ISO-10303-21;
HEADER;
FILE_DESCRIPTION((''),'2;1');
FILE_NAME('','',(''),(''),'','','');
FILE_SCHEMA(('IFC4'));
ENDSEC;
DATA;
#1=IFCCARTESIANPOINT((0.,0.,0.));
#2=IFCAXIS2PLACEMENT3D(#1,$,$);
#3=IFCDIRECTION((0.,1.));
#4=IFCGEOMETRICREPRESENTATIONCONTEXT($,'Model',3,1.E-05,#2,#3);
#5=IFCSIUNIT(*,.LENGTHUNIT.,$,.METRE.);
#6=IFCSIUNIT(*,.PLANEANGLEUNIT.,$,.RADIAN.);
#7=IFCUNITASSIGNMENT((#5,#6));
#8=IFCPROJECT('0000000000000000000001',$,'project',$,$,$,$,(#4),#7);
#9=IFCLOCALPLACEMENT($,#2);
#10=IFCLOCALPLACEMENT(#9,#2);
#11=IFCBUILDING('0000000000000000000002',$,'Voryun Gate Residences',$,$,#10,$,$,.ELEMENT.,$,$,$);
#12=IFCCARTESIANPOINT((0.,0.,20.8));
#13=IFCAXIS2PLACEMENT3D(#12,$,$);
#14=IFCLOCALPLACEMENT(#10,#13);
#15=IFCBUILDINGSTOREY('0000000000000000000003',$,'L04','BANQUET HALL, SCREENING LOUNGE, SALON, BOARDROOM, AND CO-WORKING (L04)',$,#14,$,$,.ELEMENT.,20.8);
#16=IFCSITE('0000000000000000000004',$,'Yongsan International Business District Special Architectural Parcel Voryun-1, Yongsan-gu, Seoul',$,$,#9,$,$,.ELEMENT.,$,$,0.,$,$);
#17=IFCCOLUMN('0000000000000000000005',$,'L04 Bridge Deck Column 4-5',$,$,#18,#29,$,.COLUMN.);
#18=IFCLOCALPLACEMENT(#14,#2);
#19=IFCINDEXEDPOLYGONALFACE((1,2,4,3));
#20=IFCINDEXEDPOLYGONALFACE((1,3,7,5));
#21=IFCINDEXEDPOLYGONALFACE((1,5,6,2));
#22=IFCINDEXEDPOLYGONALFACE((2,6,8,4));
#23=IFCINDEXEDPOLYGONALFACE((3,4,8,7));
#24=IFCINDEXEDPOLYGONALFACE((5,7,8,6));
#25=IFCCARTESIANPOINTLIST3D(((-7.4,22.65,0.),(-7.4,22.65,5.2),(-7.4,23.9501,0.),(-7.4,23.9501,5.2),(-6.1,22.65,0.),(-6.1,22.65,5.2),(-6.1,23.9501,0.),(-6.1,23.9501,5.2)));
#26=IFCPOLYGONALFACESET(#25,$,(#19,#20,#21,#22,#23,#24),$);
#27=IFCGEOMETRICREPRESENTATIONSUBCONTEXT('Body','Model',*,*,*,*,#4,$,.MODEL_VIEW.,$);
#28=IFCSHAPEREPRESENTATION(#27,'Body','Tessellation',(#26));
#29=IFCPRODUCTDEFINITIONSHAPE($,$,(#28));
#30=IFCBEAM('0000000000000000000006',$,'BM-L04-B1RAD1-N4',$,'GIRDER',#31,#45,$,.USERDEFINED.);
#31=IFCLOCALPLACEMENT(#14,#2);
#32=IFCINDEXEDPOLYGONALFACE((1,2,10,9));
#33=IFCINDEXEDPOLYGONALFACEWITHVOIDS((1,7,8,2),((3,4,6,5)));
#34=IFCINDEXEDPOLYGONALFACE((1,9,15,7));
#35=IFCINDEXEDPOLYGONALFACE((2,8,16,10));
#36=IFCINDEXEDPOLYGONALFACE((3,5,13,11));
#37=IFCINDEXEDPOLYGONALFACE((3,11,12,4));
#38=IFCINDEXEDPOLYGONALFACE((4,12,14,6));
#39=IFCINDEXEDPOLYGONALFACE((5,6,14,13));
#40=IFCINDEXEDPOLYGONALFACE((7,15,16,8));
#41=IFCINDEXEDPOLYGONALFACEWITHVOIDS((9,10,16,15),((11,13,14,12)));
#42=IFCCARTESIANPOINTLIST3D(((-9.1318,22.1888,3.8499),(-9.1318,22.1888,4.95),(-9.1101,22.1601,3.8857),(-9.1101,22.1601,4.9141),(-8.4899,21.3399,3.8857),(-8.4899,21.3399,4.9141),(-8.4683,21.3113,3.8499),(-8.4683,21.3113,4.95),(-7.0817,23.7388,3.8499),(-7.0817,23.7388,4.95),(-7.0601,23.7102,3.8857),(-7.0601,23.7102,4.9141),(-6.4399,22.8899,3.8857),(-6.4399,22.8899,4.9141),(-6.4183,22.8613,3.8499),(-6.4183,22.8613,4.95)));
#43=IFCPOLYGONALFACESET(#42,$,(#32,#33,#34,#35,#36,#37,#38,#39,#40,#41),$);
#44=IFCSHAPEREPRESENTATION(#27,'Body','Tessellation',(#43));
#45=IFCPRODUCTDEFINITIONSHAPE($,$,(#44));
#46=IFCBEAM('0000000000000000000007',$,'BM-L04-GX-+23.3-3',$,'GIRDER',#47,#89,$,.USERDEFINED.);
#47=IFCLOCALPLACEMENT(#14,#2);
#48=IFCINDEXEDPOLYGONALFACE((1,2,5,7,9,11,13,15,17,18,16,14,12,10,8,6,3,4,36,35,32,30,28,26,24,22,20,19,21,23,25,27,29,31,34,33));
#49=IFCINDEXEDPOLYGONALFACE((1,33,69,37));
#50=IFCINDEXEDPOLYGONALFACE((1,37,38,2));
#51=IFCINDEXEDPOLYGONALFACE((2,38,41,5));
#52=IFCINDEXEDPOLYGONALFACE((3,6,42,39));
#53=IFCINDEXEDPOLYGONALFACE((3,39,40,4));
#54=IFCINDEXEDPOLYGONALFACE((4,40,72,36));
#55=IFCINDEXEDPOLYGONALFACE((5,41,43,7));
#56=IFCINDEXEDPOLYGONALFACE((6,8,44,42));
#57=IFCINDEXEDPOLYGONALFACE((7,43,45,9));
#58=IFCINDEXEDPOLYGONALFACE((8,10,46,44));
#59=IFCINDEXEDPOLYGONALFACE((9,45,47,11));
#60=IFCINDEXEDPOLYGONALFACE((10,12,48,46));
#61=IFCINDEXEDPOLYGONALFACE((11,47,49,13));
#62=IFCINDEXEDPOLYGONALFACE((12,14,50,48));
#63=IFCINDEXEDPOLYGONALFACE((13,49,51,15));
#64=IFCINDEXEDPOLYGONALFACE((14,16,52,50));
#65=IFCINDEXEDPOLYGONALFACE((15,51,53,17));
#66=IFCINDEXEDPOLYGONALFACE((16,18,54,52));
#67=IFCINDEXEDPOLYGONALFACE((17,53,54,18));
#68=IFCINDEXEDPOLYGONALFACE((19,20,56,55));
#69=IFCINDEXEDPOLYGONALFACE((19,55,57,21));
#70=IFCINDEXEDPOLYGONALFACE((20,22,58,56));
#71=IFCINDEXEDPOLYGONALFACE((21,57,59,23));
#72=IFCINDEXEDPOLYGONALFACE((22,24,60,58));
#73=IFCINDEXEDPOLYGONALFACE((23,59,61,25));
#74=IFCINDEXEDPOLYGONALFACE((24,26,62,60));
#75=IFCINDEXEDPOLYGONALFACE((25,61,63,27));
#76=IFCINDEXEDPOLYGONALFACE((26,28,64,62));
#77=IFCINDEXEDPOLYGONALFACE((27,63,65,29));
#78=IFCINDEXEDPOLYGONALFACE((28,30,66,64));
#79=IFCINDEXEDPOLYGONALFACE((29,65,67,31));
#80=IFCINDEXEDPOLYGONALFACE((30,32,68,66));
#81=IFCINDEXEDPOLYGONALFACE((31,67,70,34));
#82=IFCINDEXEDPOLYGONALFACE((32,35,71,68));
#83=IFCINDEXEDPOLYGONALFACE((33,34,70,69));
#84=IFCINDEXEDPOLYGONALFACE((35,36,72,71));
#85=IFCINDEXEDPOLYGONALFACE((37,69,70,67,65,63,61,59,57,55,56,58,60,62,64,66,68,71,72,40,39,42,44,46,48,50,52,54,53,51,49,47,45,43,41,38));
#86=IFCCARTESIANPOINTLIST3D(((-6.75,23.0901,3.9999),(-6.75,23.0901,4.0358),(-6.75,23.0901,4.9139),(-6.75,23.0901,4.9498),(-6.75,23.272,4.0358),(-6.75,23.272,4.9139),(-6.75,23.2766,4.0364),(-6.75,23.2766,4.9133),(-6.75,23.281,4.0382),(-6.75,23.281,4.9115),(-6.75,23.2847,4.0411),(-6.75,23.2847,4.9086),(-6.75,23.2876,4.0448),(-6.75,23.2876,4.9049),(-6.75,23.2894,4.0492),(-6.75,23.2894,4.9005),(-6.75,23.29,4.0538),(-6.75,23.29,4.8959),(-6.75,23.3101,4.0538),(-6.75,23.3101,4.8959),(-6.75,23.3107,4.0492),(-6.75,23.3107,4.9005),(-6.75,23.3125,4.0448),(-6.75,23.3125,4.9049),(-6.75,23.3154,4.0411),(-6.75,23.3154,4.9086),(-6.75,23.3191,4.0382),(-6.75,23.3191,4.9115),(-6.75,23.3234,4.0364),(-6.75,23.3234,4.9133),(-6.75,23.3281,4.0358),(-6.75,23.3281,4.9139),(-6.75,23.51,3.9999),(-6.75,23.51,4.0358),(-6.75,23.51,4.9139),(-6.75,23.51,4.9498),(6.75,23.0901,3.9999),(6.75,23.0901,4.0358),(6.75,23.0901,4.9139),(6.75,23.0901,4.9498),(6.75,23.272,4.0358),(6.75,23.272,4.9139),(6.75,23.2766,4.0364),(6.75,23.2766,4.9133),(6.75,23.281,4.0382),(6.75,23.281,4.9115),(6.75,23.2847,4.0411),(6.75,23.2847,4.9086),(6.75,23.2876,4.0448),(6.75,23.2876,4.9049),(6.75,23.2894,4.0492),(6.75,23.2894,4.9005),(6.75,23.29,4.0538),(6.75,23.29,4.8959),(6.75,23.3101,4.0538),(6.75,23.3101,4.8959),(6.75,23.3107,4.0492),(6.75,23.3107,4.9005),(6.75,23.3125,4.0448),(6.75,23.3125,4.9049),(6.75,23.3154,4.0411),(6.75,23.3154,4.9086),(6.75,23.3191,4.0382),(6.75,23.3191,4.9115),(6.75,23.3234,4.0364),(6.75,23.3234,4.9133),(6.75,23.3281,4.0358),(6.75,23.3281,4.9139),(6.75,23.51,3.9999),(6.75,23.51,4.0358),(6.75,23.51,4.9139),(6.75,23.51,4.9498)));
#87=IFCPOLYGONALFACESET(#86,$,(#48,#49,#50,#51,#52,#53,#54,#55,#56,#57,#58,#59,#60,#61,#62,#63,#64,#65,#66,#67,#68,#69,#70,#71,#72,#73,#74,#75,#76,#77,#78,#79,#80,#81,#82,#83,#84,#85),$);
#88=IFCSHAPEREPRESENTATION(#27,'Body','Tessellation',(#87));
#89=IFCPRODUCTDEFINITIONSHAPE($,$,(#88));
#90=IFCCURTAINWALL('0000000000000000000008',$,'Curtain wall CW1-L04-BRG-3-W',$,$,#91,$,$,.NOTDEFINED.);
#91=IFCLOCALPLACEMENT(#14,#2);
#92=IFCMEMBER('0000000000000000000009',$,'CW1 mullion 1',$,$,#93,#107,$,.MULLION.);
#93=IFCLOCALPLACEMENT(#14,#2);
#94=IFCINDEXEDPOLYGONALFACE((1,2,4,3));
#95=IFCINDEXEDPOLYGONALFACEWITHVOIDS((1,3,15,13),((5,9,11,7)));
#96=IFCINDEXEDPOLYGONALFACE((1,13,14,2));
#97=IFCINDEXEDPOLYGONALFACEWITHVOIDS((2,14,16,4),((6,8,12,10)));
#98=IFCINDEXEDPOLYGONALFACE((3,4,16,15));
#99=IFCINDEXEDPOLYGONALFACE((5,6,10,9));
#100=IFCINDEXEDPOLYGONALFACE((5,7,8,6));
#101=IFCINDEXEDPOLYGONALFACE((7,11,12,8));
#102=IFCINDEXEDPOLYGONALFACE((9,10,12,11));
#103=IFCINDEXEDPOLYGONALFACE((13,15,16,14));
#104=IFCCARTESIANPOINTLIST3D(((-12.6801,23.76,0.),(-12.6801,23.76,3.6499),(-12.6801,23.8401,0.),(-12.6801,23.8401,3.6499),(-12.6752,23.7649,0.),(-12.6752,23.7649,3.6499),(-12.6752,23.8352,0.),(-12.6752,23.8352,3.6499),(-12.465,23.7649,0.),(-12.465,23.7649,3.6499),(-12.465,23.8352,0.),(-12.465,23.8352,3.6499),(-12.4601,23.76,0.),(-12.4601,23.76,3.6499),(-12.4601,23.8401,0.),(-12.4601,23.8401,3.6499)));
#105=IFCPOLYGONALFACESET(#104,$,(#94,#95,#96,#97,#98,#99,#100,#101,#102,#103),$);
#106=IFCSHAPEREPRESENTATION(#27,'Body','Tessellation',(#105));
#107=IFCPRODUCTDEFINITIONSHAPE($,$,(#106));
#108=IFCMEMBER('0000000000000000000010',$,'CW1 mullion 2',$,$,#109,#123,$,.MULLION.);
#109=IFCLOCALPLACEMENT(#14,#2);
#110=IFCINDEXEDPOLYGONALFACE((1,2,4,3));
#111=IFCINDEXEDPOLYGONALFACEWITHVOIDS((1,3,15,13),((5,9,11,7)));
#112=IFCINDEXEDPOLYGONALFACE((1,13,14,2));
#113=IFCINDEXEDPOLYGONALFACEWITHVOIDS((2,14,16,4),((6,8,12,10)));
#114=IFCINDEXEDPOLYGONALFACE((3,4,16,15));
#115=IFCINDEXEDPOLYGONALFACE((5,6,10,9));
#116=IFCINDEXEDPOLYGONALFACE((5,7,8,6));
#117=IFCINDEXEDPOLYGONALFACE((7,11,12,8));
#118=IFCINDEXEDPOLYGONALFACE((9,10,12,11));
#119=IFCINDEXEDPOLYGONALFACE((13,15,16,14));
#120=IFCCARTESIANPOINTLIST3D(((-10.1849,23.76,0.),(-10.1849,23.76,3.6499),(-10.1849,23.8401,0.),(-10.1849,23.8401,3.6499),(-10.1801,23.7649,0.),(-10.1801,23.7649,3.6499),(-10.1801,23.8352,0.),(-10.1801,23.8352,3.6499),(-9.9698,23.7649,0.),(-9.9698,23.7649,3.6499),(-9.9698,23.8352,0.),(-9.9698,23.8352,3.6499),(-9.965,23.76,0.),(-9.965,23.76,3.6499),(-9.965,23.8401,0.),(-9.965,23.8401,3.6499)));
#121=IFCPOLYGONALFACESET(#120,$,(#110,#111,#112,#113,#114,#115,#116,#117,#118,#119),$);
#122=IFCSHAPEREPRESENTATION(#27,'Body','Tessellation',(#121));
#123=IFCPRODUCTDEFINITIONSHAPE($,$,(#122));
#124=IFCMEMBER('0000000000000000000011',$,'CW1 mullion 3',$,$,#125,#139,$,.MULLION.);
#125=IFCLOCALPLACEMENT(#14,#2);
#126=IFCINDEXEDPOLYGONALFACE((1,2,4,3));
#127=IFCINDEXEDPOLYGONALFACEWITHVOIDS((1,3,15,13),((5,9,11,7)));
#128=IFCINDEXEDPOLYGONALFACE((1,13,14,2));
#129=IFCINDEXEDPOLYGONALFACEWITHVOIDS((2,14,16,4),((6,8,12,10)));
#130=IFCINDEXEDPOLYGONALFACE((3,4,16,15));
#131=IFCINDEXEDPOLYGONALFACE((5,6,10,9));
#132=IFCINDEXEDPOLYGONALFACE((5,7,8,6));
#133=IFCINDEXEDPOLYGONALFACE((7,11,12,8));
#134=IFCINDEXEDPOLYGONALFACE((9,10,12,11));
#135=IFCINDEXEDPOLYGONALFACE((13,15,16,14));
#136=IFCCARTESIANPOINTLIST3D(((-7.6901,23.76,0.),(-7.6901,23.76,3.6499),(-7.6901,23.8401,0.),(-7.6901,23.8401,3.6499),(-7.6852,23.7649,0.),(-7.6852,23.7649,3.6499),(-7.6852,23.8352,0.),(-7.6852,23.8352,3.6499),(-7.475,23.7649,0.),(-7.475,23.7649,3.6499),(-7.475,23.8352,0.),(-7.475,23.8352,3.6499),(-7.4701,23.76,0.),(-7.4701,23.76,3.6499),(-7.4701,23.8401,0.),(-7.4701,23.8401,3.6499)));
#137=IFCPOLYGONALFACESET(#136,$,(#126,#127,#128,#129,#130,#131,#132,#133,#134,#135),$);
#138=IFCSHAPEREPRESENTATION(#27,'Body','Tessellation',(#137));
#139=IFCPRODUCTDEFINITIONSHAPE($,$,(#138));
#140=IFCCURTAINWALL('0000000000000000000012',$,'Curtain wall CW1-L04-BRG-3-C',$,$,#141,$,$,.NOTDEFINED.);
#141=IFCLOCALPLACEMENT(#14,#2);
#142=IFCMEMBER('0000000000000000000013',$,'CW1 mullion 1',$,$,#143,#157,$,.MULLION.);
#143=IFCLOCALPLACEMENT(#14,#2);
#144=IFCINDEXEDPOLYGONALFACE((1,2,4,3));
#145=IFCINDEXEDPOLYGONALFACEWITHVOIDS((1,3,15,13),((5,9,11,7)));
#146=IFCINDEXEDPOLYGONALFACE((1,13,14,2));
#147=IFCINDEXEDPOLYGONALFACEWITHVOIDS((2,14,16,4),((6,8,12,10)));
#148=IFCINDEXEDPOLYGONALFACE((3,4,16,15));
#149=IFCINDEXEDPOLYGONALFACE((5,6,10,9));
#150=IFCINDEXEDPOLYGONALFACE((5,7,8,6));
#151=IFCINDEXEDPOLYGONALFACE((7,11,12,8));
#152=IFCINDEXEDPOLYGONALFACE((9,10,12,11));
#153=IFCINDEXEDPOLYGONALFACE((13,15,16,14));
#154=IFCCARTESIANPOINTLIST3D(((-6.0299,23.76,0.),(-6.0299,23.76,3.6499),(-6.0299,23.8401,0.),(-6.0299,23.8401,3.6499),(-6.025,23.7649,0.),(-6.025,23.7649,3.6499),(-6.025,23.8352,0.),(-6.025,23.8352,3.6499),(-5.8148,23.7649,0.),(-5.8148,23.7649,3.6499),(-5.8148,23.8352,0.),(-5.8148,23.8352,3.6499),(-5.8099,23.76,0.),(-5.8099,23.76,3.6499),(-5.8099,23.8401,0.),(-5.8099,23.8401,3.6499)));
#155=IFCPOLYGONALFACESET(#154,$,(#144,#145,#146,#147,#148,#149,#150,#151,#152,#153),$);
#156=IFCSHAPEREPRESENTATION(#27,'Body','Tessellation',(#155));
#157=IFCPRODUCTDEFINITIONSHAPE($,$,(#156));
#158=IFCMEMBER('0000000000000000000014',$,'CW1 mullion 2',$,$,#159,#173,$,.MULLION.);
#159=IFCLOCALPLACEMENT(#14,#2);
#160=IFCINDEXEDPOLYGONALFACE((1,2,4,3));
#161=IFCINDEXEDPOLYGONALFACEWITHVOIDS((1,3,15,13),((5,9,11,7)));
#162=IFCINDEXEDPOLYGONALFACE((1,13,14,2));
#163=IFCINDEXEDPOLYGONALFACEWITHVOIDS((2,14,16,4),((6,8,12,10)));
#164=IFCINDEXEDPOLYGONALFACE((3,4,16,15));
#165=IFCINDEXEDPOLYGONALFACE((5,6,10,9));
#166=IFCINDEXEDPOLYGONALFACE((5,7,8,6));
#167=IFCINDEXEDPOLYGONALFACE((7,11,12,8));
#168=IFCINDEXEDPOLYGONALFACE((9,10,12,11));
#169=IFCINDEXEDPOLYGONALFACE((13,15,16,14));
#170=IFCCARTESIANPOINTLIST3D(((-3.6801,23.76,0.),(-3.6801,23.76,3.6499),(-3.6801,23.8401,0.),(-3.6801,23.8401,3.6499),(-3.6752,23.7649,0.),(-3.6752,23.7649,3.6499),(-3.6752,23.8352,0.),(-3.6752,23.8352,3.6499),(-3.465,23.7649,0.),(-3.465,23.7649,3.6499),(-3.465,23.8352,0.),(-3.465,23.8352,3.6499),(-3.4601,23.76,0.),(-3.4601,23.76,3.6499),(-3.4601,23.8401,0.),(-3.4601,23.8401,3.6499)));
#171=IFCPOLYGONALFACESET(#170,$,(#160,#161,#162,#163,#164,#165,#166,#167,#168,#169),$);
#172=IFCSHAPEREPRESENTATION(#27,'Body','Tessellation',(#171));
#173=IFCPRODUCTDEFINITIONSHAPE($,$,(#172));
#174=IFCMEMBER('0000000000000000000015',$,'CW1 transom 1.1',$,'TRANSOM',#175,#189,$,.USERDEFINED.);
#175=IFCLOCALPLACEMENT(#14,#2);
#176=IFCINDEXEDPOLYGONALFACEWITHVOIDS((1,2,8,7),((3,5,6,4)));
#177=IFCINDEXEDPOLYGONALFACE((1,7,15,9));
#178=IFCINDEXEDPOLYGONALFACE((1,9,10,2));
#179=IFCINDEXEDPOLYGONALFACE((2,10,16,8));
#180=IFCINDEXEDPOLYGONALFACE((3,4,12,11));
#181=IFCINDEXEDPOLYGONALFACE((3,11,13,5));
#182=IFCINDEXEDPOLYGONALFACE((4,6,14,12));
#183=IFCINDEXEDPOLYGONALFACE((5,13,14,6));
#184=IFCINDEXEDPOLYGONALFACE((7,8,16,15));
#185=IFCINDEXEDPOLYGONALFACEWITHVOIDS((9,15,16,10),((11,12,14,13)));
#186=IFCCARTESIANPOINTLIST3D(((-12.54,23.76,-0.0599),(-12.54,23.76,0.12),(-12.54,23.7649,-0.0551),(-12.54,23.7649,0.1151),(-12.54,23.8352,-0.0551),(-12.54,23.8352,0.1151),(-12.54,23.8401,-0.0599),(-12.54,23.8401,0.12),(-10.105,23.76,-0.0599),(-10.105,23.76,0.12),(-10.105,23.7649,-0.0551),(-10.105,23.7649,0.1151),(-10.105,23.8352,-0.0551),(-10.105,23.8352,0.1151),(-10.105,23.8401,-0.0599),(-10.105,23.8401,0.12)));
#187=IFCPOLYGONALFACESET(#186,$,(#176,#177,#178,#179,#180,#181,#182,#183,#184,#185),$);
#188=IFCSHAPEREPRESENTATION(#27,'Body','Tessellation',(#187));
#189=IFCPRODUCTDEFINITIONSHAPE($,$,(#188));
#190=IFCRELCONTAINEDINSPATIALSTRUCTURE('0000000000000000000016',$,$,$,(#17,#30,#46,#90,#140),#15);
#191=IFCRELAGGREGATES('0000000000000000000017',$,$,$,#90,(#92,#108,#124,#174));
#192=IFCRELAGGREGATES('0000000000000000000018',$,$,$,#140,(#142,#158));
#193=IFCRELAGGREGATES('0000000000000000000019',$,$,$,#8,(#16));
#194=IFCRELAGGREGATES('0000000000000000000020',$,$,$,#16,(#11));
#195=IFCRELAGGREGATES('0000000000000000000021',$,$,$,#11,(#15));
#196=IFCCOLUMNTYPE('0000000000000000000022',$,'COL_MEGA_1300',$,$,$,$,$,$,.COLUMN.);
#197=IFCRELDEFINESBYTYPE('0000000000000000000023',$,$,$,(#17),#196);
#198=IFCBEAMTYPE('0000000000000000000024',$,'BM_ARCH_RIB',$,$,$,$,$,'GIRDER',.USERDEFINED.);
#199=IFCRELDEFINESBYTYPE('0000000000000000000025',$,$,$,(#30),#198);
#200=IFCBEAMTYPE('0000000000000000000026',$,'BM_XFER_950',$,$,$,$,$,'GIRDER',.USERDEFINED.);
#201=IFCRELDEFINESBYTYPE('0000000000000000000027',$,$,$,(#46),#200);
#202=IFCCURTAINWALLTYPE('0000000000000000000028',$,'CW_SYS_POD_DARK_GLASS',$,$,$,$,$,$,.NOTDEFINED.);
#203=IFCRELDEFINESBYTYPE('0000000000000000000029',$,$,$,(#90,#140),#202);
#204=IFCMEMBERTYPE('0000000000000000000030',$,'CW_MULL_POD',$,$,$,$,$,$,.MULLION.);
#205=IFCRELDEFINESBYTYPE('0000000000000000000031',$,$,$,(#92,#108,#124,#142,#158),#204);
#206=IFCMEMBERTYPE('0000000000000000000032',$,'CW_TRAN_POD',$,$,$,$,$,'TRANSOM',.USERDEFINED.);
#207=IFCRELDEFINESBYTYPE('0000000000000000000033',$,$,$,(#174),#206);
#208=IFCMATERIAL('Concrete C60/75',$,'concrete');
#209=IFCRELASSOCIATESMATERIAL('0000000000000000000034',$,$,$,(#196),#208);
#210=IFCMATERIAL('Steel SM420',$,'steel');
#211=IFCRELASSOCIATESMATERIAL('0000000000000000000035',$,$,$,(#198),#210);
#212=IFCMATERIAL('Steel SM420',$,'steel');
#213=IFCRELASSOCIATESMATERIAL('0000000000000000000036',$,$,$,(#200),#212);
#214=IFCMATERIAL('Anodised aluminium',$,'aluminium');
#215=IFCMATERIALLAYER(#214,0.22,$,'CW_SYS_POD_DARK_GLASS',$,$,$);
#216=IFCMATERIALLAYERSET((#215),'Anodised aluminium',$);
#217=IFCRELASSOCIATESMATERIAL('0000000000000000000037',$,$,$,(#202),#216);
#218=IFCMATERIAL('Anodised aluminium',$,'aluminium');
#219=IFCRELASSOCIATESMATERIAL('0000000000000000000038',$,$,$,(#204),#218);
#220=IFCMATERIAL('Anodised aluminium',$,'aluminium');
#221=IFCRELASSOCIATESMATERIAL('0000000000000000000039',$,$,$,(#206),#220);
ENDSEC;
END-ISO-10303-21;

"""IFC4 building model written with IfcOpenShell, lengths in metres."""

from ifc_helpers import new_model, si_unit, direction, frame, origin, origin_2d, place, context, subcontext, project, spatial, rectangle, hollow_rectangle, i_section, extrude, material, layer, layer_set, material_profile, profile_set, type_object, element, aggregate, save


model = new_model("IFC4")

# Units and contexts
model_context = context("Model", 3, precision=1e-05, world=origin(), true_north=direction((0.0, 1.0)))
body_context = subcontext(model_context, "Body", "Model", "MODEL_VIEW")
ifc_project = project(units=[si_unit("LENGTHUNIT", "METRE"), si_unit("PLANEANGLEUNIT", "RADIAN")], contexts=[model_context])

# Site, building, storey
site_placement = place(None, origin())
site = spatial("IfcSite", under=ifc_project, at=site_placement, Name="Yongsan International Business District Special Architectural Parcel Voryun-1, Yongsan-gu, Seoul", CompositionType="ELEMENT", RefElevation=0.0)
building_placement = place(site_placement, origin())
building = spatial("IfcBuilding", under=site, at=building_placement, Name="Voryun Gate Residences", CompositionType="ELEMENT")
storey_placement = place(building_placement, frame((0.0, 0.0, 20.8)))
storey = spatial("IfcBuildingStorey", under=building, at=storey_placement, Name="L04", Description="BANQUET HALL, SCREENING LOUNGE, SALON, BOARDROOM, AND CO-WORKING (L04)", CompositionType="ELEMENT", Elevation=20.8)

# Column
ifc_material_1 = material(Name="Concrete C60/75", Category="concrete")
ifc_material_profile_1 = material_profile(ifc_material_1, rectangle(XDim=1.3, YDim=1.3, at=origin_2d()), Name="RC-1300x1300")
ifc_profile_set_1 = profile_set([ifc_material_profile_1], Name="Concrete C60/75")
column_type = type_object("IfcColumnType", Name="COL_MEGA_1300", PredefinedType="COLUMN", material=ifc_profile_set_1)
column_placement = place(storey_placement, frame((-6.75, 23.3, 0.0), z_axis=(0.0, 0.0, 1.0), x_axis=(1.0, 0.0, 0.0)))
element("IfcColumn", 1, at=column_placement, inside=storey, type_object=column_type, Name="L04 Bridge Deck Column 4-5", PredefinedType="COLUMN", context=body_context, shape_type="SweptSolid", body=[
    extrude(rectangle(XDim=1.3, YDim=1.3, at=origin_2d()), origin(), (0.0, 0.0, 1.0), 5.2),
])

# Beams
ifc_material_2 = material(Name="Steel SM420", Category="steel")
ifc_material_profile_2 = material_profile(ifc_material_2, hollow_rectangle(XDim=1.1001, YDim=1.1001, WallThickness=0.0359, at=origin_2d()), Name="BOX-1100x1100x36")
ifc_profile_set_2 = profile_set([ifc_material_profile_2], Name="Steel SM420")
beam_type_1 = type_object("IfcBeamType", Name="BM_ARCH_RIB", ElementType="GIRDER", PredefinedType="USERDEFINED", material=ifc_profile_set_2)
beam_1_placement = place(storey_placement, frame((-6.75, 23.3, 4.3999), z_axis=(-0.797657, -0.603111, 0.0), x_axis=(0.603111, -0.797657, 0.0)))
element("IfcBeam", 2, at=beam_1_placement, inside=storey, type_object=beam_type_1, Name="BM-L04-B1RAD1-N4", ObjectType="GIRDER", PredefinedType="USERDEFINED", context=body_context, shape_type="SweptSolid", body=[
    extrude(hollow_rectangle(XDim=1.1001, YDim=1.1001, WallThickness=0.0359, at=origin_2d()), origin(), (0.0, 0.0, 1.0), 2.5701),
])
ifc_material_3 = material(Name="Steel SM420", Category="steel")
ifc_material_profile_3 = material_profile(ifc_material_3, i_section(OverallWidth=0.4199, OverallDepth=0.95, WebThickness=0.02, FlangeThickness=0.0359, FilletRadius=0.0181, at=origin_2d()), Name="H-950x420x20x36")
ifc_profile_set_3 = profile_set([ifc_material_profile_3], Name="Steel SM420")
beam_type_2 = type_object("IfcBeamType", Name="BM_XFER_950", ElementType="GIRDER", PredefinedType="USERDEFINED", material=ifc_profile_set_3)
beam_2_placement = place(storey_placement, frame((-6.75, 23.3, 4.4749), z_axis=(1.0, 0.0, 0.0), x_axis=(0.0, 1.0, 0.0)))
element("IfcBeam", 3, at=beam_2_placement, inside=storey, type_object=beam_type_2, Name="BM-L04-GX-+23.3-3", ObjectType="GIRDER", PredefinedType="USERDEFINED", context=body_context, shape_type="SweptSolid", body=[
    extrude(i_section(OverallWidth=0.4199, OverallDepth=0.95, WebThickness=0.02, FlangeThickness=0.0359, FilletRadius=0.0181, at=origin_2d()), origin(), (0.0, 0.0, 1.0), 13.5),
])

# Curtain walls, members
ifc_material_4 = material(Name="Anodised aluminium", Category="aluminium")
ifc_layer_1 = layer(ifc_material_4, 0.22, Name="CW_SYS_POD_DARK_GLASS")
ifc_layer_set_1 = layer_set([ifc_layer_1], Name="Anodised aluminium")
curtain_wall_type = type_object("IfcCurtainWallType", Name="CW_SYS_POD_DARK_GLASS", PredefinedType="NOTDEFINED", material=ifc_layer_set_1)
curtain_wall_1_placement = place(storey_placement, origin())
curtain_wall_1 = element("IfcCurtainWall", 4, at=curtain_wall_1_placement, inside=storey, type_object=curtain_wall_type, Name="Curtain wall CW1-L04-BRG-3-W", PredefinedType="NOTDEFINED")
ifc_material_5 = material(Name="Anodised aluminium", Category="aluminium")
ifc_material_profile_4 = material_profile(ifc_material_5, hollow_rectangle(XDim=0.0801, YDim=0.22, WallThickness=0.0049, at=origin_2d()), Name="ALU-MULL-220x80x5")
ifc_profile_set_4 = profile_set([ifc_material_profile_4], Name="Anodised aluminium")
member_type_1 = type_object("IfcMemberType", Name="CW_MULL_POD", PredefinedType="MULLION", material=ifc_profile_set_4)
member_1_placement = place(storey_placement, frame((-12.5701, 23.8, 0.0), z_axis=(0.0, 0.0, 1.0), x_axis=(0.0, 1.0, 0.0)))
member_1 = element("IfcMember", 5, at=member_1_placement, type_object=member_type_1, Name="CW1 mullion 1", PredefinedType="MULLION", context=body_context, shape_type="SweptSolid", body=[
    extrude(hollow_rectangle(XDim=0.0801, YDim=0.22, WallThickness=0.0049, at=origin_2d()), origin(), (0.0, 0.0, 1.0), 3.6499),
])
member_2_placement = place(storey_placement, frame((-10.075, 23.8, 0.0), z_axis=(0.0, 0.0, 1.0), x_axis=(0.0, 1.0, 0.0)))
member_2 = element("IfcMember", 6, at=member_2_placement, type_object=member_type_1, Name="CW1 mullion 2", PredefinedType="MULLION", context=body_context, shape_type="SweptSolid", body=[
    extrude(hollow_rectangle(XDim=0.0801, YDim=0.22, WallThickness=0.0049, at=origin_2d()), origin(), (0.0, 0.0, 1.0), 3.6499),
])
member_3_placement = place(storey_placement, frame((-7.5801, 23.8, 0.0), z_axis=(0.0, 0.0, 1.0), x_axis=(0.0, 1.0, 0.0)))
member_3 = element("IfcMember", 7, at=member_3_placement, type_object=member_type_1, Name="CW1 mullion 3", PredefinedType="MULLION", context=body_context, shape_type="SweptSolid", body=[
    extrude(hollow_rectangle(XDim=0.0801, YDim=0.22, WallThickness=0.0049, at=origin_2d()), origin(), (0.0, 0.0, 1.0), 3.6499),
])
curtain_wall_2_placement = place(storey_placement, origin())
curtain_wall_2 = element("IfcCurtainWall", 8, at=curtain_wall_2_placement, inside=storey, type_object=curtain_wall_type, Name="Curtain wall CW1-L04-BRG-3-C", PredefinedType="NOTDEFINED")
member_4_placement = place(storey_placement, frame((-5.9199, 23.8, 0.0), z_axis=(0.0, 0.0, 1.0), x_axis=(0.0, 1.0, 0.0)))
member_4 = element("IfcMember", 9, at=member_4_placement, type_object=member_type_1, Name="CW1 mullion 1", PredefinedType="MULLION", context=body_context, shape_type="SweptSolid", body=[
    extrude(hollow_rectangle(XDim=0.0801, YDim=0.22, WallThickness=0.0049, at=origin_2d()), origin(), (0.0, 0.0, 1.0), 3.6499),
])
member_5_placement = place(storey_placement, frame((-3.5701, 23.8, 0.0), z_axis=(0.0, 0.0, 1.0), x_axis=(0.0, 1.0, 0.0)))
member_5 = element("IfcMember", 10, at=member_5_placement, type_object=member_type_1, Name="CW1 mullion 2", PredefinedType="MULLION", context=body_context, shape_type="SweptSolid", body=[
    extrude(hollow_rectangle(XDim=0.0801, YDim=0.22, WallThickness=0.0049, at=origin_2d()), origin(), (0.0, 0.0, 1.0), 3.6499),
])

# Member
ifc_material_6 = material(Name="Anodised aluminium", Category="aluminium")
ifc_material_profile_5 = material_profile(ifc_material_6, hollow_rectangle(XDim=0.0801, YDim=0.1799, WallThickness=0.0049, at=origin_2d()), Name="ALU-TRAN-180x80x5")
ifc_profile_set_5 = profile_set([ifc_material_profile_5], Name="Anodised aluminium")
member_type_2 = type_object("IfcMemberType", Name="CW_TRAN_POD", ElementType="TRANSOM", PredefinedType="USERDEFINED", material=ifc_profile_set_5)
member_6_placement = place(storey_placement, frame((-12.54, 23.8, 0.03), z_axis=(1.0, 0.0, 0.0), x_axis=(0.0, 1.0, 0.0)))
member_6 = element("IfcMember", 11, at=member_6_placement, type_object=member_type_2, Name="CW1 transom 1.1", ObjectType="TRANSOM", PredefinedType="USERDEFINED", context=body_context, shape_type="SweptSolid", body=[
    extrude(hollow_rectangle(XDim=0.0801, YDim=0.1799, WallThickness=0.0049, at=origin_2d()), origin(), (0.0, 0.0, 1.0), 2.4351),
])

aggregate(curtain_wall_1, [member_1, member_2, member_3, member_6])
aggregate(curtain_wall_2, [member_4, member_5])

save(model, "model.ifc")
